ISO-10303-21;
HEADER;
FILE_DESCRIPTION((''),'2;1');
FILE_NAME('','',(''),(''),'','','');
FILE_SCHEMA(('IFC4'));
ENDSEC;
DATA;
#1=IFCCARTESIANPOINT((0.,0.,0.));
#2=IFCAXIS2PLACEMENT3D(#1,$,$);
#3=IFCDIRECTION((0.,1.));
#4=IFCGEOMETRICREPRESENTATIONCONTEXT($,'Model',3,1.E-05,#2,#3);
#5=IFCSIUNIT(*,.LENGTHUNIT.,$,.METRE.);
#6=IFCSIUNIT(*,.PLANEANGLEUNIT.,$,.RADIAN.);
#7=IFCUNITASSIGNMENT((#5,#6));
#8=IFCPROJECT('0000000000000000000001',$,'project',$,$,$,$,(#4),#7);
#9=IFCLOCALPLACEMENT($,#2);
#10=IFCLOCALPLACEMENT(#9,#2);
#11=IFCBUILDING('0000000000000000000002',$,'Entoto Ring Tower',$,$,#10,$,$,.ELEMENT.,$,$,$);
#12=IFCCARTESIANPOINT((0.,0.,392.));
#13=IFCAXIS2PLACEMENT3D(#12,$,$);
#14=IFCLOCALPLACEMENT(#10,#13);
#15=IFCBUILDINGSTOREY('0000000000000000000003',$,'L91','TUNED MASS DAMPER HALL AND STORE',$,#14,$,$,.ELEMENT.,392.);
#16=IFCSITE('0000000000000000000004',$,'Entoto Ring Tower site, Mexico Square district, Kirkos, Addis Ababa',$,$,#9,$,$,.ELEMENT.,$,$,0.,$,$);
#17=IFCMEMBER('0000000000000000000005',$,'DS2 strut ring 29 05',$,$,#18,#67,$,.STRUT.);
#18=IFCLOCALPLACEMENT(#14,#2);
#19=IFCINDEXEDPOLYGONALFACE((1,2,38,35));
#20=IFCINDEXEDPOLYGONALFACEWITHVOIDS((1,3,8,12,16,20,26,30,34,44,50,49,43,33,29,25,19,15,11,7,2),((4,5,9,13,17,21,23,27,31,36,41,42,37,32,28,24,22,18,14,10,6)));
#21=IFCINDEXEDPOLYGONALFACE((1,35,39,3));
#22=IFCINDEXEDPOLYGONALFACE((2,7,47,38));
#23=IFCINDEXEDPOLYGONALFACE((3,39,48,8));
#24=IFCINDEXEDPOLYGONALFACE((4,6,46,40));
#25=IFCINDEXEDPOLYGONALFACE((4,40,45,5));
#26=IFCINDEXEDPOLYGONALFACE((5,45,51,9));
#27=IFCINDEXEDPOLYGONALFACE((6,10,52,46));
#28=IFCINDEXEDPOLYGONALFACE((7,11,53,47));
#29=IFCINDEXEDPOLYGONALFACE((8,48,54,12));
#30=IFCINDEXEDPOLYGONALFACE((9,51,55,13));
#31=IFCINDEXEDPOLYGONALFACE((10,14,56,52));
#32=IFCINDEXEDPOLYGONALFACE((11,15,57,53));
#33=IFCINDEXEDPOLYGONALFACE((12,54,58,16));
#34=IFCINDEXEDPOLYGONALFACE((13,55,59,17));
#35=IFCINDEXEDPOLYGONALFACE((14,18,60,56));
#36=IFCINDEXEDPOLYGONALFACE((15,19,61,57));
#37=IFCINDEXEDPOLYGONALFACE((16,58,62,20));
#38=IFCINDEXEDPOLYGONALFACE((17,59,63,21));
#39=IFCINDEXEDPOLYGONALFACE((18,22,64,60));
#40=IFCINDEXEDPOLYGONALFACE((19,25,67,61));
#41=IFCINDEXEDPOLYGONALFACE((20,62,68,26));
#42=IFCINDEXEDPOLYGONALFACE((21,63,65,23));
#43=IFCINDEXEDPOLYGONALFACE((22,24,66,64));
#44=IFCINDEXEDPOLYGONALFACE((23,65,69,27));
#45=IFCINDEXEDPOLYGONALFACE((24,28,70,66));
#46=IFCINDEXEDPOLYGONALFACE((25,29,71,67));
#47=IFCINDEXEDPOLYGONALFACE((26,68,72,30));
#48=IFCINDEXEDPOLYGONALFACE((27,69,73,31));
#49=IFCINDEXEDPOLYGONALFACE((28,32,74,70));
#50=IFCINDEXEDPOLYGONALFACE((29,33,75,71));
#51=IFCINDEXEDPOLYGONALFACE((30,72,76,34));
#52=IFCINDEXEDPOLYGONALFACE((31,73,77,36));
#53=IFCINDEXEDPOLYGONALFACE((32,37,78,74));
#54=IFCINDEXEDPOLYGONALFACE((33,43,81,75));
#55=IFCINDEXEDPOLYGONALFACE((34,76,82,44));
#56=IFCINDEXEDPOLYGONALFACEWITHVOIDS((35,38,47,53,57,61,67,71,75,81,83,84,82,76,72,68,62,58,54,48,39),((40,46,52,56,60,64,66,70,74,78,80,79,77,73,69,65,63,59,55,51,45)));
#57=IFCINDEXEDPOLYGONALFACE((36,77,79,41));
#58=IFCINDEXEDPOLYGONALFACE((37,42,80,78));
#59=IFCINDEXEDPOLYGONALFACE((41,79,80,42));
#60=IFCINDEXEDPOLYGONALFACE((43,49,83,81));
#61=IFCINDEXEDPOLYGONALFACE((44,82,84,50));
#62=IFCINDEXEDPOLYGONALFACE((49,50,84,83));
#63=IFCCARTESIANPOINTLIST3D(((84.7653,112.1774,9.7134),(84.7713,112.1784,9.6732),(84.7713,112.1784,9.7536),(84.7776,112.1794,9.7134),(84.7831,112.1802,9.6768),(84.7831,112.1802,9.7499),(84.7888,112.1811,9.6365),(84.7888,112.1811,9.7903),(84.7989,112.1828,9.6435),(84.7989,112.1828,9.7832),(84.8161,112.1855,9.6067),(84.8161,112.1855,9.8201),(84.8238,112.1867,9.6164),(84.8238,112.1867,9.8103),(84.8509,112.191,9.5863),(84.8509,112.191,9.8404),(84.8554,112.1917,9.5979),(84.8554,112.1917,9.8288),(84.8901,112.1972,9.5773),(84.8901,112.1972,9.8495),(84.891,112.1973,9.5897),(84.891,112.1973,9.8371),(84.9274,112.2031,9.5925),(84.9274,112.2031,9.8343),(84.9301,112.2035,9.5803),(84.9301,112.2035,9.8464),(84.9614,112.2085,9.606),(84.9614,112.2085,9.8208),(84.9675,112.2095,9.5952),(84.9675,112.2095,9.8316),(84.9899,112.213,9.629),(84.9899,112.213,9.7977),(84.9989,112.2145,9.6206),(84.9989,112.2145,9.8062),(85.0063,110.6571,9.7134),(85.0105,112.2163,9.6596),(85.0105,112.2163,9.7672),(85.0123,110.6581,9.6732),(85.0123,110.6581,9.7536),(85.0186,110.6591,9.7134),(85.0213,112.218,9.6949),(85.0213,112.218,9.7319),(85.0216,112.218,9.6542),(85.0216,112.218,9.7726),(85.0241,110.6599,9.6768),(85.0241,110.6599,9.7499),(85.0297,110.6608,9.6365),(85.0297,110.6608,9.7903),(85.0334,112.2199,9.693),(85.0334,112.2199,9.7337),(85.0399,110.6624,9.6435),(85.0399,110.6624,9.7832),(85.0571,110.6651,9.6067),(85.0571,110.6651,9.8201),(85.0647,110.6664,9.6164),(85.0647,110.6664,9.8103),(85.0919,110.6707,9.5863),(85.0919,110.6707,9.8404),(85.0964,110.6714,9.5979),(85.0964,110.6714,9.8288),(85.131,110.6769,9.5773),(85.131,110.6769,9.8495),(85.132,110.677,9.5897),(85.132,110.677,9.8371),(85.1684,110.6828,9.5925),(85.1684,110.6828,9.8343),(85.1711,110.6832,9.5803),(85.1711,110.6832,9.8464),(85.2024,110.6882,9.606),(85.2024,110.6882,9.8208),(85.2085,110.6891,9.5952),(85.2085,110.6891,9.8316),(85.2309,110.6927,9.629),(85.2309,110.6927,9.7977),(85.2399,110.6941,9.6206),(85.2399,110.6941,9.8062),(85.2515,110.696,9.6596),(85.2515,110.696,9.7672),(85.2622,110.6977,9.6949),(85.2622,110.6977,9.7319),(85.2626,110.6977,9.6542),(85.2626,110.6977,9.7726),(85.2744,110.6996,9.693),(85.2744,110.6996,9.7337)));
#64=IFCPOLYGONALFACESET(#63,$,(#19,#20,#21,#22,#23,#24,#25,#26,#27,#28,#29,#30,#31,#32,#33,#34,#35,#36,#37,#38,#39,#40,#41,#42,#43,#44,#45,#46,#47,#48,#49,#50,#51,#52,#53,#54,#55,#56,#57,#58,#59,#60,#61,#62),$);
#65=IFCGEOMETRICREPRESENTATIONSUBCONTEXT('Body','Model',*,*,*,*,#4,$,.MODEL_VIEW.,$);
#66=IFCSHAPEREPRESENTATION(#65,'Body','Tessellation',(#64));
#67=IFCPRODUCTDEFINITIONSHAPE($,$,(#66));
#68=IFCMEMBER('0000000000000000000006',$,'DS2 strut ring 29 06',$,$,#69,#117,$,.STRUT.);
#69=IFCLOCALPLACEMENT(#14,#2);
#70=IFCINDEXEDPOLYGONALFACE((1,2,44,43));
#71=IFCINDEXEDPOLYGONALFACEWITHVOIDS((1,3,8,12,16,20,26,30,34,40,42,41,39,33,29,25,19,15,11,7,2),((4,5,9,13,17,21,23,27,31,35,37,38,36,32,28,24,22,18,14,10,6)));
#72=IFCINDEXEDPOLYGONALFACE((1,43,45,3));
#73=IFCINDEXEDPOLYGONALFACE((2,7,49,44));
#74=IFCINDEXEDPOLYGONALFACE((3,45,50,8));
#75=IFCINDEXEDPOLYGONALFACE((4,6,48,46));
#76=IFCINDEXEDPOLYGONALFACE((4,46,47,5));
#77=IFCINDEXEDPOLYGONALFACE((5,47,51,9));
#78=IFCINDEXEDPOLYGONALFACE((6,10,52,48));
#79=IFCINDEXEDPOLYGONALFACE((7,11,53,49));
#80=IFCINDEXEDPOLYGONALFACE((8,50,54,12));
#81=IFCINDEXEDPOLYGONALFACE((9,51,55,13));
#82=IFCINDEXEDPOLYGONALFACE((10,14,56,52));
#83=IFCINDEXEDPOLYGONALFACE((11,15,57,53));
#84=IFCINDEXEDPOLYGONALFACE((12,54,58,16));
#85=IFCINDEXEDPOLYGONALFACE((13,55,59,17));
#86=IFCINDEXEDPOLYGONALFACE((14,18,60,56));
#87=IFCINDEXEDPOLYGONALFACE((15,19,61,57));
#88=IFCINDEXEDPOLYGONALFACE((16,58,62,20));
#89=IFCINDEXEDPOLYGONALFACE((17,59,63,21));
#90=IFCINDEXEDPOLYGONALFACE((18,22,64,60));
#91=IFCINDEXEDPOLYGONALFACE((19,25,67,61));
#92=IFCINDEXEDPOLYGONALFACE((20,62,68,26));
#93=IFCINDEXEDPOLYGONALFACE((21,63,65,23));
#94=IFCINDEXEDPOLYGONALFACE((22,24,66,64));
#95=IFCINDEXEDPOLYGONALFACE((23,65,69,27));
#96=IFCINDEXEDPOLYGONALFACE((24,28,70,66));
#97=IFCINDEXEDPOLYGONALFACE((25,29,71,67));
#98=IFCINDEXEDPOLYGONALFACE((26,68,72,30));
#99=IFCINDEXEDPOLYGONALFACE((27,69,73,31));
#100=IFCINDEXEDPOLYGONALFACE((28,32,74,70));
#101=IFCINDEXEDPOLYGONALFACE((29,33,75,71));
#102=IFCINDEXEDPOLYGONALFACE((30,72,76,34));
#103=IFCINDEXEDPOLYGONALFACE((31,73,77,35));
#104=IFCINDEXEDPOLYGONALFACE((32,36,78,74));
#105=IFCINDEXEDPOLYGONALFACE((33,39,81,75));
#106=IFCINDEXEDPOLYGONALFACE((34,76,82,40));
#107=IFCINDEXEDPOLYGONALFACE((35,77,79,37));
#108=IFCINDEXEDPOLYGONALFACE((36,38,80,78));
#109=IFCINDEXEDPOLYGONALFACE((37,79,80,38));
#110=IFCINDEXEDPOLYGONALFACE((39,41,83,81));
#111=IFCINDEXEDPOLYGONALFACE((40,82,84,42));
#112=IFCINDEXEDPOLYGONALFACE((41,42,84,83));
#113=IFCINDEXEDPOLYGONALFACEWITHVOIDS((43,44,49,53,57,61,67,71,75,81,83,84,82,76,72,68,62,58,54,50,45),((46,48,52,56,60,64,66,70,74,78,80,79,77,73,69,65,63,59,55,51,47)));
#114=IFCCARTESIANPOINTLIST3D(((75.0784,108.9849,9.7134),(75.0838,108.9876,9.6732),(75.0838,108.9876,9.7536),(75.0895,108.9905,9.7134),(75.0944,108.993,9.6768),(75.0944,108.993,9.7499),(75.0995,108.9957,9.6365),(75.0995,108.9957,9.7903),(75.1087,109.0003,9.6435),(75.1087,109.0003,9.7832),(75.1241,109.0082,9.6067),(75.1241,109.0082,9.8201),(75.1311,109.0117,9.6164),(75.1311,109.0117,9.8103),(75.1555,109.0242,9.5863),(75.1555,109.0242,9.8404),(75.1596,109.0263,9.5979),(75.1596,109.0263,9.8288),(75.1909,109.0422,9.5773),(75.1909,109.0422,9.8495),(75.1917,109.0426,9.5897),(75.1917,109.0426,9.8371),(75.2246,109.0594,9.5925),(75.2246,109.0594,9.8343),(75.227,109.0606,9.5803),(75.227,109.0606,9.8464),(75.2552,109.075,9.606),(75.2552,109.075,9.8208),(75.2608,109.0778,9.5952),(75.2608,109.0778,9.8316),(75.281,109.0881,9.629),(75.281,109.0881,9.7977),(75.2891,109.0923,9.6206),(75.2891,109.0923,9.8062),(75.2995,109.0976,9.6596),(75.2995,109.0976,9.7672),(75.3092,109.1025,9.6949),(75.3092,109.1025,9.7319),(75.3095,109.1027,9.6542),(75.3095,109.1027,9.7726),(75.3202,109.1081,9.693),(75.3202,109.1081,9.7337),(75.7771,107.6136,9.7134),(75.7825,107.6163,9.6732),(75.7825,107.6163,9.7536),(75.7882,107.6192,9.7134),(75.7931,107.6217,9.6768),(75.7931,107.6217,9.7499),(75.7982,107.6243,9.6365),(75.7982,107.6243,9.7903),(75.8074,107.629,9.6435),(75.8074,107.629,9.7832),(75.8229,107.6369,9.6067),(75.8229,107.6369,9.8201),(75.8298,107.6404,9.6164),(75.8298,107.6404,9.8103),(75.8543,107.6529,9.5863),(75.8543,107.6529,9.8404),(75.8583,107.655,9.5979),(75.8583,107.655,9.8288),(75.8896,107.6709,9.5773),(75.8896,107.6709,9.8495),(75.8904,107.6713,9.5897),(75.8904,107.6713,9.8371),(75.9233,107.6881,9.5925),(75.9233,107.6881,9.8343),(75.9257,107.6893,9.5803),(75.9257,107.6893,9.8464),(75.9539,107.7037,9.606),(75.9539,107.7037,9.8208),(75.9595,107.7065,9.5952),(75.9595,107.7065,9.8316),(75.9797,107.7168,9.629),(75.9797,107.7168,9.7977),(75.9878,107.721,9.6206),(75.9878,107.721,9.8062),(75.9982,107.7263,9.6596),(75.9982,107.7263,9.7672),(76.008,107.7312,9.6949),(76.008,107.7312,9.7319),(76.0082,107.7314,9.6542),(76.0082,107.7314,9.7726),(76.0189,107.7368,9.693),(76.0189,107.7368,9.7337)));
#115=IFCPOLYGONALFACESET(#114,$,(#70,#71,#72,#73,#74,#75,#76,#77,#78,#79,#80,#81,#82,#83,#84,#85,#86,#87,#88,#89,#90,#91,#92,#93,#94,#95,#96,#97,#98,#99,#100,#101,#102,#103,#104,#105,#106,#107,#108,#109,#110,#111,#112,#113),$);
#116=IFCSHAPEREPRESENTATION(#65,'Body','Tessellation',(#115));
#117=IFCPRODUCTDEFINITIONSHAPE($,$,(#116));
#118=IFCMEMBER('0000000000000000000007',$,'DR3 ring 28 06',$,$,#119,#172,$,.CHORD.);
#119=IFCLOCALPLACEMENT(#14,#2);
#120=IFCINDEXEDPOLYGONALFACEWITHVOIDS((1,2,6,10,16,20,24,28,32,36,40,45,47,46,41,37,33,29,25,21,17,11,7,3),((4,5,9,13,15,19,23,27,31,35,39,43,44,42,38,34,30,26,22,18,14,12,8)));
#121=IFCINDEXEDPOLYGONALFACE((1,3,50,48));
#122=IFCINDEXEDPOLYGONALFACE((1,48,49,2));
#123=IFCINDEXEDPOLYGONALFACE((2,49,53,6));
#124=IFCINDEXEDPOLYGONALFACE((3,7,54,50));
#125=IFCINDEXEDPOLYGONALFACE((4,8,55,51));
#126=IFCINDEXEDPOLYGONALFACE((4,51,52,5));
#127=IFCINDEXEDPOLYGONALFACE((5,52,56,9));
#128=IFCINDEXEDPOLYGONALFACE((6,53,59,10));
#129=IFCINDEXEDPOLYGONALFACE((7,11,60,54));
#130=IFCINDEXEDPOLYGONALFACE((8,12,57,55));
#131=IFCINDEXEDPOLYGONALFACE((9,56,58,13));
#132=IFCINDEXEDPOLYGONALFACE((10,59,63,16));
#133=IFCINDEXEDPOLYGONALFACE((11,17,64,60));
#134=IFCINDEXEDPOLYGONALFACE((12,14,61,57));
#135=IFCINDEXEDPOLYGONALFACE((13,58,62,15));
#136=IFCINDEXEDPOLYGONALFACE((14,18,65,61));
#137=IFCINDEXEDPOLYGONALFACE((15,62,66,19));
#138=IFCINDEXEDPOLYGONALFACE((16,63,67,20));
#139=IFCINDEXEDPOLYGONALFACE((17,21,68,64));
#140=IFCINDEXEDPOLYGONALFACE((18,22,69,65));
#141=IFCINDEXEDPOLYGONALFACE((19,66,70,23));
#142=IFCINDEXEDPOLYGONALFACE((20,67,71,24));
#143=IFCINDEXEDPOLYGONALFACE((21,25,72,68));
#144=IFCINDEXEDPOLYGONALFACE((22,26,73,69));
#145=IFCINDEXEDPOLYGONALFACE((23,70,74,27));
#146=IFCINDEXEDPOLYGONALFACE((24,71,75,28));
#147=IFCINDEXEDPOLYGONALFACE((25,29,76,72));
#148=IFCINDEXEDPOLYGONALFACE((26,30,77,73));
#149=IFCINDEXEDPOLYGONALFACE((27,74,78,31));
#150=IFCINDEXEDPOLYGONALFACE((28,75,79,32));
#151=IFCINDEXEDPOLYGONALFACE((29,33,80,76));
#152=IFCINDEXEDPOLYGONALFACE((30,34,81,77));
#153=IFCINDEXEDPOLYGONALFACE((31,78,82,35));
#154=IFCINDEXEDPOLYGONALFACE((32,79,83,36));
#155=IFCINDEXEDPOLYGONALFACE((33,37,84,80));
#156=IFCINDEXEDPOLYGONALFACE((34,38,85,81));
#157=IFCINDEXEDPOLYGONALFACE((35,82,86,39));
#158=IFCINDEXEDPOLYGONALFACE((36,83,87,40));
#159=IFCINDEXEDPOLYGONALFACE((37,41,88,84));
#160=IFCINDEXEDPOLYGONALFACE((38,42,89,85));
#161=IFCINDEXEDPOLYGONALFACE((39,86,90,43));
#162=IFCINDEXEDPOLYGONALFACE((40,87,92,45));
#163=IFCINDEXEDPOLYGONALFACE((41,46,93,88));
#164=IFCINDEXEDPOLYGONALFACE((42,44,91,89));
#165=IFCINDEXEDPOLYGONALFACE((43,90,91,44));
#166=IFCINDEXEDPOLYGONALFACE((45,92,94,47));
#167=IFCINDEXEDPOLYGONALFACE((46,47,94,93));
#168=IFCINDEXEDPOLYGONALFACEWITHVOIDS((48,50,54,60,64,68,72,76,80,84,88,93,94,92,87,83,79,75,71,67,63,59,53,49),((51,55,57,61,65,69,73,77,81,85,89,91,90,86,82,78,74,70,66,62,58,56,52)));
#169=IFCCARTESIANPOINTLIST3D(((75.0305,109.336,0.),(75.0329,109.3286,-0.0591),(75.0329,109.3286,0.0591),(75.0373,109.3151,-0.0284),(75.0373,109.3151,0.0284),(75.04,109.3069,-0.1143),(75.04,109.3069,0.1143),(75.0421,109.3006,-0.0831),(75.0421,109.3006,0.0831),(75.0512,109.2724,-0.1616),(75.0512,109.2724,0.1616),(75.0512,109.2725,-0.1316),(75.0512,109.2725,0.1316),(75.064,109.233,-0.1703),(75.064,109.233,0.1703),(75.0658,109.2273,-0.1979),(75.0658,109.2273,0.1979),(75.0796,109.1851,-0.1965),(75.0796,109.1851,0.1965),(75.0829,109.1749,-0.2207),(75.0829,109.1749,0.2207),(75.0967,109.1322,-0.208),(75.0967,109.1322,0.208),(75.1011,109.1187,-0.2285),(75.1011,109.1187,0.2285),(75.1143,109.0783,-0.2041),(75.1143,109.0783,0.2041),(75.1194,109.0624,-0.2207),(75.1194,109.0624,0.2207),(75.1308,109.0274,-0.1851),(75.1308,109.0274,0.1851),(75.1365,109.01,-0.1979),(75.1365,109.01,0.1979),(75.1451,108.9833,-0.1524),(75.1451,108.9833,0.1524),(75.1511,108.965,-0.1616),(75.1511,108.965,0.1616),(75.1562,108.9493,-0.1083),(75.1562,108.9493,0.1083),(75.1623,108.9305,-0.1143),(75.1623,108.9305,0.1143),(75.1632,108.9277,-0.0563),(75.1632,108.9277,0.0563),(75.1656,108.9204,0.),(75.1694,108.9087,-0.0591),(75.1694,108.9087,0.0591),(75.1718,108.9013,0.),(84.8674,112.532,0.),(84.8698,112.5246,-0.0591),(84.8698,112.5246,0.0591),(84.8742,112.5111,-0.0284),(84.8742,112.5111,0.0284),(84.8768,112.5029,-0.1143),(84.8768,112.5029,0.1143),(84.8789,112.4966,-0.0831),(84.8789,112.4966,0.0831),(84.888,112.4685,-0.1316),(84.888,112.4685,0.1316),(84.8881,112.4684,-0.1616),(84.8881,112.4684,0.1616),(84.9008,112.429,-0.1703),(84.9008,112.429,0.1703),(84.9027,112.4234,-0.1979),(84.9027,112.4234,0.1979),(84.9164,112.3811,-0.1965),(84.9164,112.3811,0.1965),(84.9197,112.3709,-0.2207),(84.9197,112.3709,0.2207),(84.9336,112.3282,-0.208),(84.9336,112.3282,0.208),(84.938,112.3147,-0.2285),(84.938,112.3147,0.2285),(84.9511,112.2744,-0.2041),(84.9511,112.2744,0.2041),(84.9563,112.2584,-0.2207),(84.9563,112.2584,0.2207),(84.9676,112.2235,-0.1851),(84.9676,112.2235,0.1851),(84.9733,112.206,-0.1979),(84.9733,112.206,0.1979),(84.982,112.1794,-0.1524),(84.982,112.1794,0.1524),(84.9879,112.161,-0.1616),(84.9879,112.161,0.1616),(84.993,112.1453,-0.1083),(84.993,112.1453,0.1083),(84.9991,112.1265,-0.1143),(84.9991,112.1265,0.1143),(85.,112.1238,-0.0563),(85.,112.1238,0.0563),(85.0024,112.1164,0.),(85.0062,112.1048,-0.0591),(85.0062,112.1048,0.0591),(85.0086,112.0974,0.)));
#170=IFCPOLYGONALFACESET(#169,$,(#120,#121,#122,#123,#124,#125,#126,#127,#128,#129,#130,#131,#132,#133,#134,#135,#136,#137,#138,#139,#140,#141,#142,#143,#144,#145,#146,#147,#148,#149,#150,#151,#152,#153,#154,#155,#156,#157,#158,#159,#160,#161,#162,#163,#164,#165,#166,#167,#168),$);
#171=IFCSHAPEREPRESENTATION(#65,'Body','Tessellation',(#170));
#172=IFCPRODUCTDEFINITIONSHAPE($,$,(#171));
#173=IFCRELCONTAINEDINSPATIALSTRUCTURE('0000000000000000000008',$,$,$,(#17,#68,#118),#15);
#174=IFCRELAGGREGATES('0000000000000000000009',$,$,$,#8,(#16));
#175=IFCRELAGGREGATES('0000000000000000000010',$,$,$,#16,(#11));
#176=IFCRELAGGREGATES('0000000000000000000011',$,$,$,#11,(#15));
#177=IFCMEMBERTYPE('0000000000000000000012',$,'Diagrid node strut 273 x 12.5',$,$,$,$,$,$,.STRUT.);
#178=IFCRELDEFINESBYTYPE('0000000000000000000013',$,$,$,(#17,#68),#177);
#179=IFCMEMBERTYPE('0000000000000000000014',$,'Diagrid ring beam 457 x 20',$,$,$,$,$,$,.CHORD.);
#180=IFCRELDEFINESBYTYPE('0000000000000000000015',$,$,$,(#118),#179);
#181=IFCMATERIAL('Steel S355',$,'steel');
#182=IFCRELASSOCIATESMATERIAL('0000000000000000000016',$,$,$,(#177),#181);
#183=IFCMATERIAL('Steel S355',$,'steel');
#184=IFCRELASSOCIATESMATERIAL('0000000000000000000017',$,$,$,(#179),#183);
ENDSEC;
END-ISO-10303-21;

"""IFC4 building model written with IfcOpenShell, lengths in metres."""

from ifc_helpers import new_model, si_unit, direction, frame, origin, origin_2d, place, context, subcontext, project, spatial, circle, hollow_circle, extrude, material, material_profile, profile_set, type_object, element, save


model = new_model("IFC4")

# Units and contexts
model_context = context("Model", 3, precision=1e-05, world=origin(), true_north=direction((0.0, 1.0)))
body_context = subcontext(model_context, "Body", "Model", "MODEL_VIEW")
ifc_project = project(units=[si_unit("LENGTHUNIT", "METRE"), si_unit("PLANEANGLEUNIT", "RADIAN")], contexts=[model_context])

# Site, building, storey
site_placement = place(None, origin())
site = spatial("IfcSite", under=ifc_project, at=site_placement, Name="Entoto Ring Tower site, Mexico Square district, Kirkos, Addis Ababa", CompositionType="ELEMENT", RefElevation=0.0)
building_placement = place(site_placement, origin())
building = spatial("IfcBuilding", under=site, at=building_placement, Name="Entoto Ring Tower", CompositionType="ELEMENT")
storey_placement = place(building_placement, frame((0.0, 0.0, 392.0)))
storey = spatial("IfcBuildingStorey", under=building, at=storey_placement, Name="L91", Description="TUNED MASS DAMPER HALL AND STORE", CompositionType="ELEMENT", Elevation=392.0)

# Members
ifc_material_1 = material(Name="Steel S355", Category="steel")
ifc_material_profile_1 = material_profile(ifc_material_1, hollow_circle(Radius=0.1365, WallThickness=0.0125, at=origin_2d()), Name="CHS 273 x 12.5")
ifc_material_2 = material(Name="Concrete C60/75", Category="concrete")
ifc_material_profile_2 = material_profile(ifc_material_2, circle(Radius=0.124, at=origin_2d()), Name="Concrete C60/75 infill")
ifc_profile_set_1 = profile_set([ifc_material_profile_1, ifc_material_profile_2], Name="Steel S355")
member_type_1 = type_object("IfcMemberType", Name="Diagrid node strut 273 x 12.5", PredefinedType="STRUT", material=ifc_profile_set_1)
member_1_placement = place(storey_placement, frame((85.1411, 110.6785, 9.7134), z_axis=(-0.156549, 0.98767, 0.0), x_axis=(-0.98767, -0.156549, 0.0)))
element("IfcMember", 1, at=member_1_placement, inside=storey, type_object=member_type_1, Name="DS2 strut ring 29 05", PredefinedType="STRUT", context=body_context, shape_type="SweptSolid", body=[
    extrude(hollow_circle(Radius=0.1365, WallThickness=0.0125, at=origin_2d()), origin(), (0.0, 0.0, 1.0), 1.5393),
])
member_2_placement = place(storey_placement, frame((75.8987, 107.6755, 9.7134), z_axis=(-0.45399, 0.891007, 0.0), x_axis=(-0.891007, -0.45399, 0.0)))
element("IfcMember", 2, at=member_2_placement, inside=storey, type_object=member_type_1, Name="DS2 strut ring 29 06", PredefinedType="STRUT", context=body_context, shape_type="SweptSolid", body=[
    extrude(hollow_circle(Radius=0.1365, WallThickness=0.0125, at=origin_2d()), origin(), (0.0, 0.0, 1.0), 1.5391),
])
ifc_material_3 = material(Name="Steel S355", Category="steel")
ifc_material_profile_3 = material_profile(ifc_material_3, hollow_circle(Radius=0.2285, WallThickness=0.02, at=origin_2d()), Name="CHS 457 x 20")
ifc_material_4 = material(Name="Concrete C60/75", Category="concrete")
ifc_material_profile_4 = material_profile(ifc_material_4, circle(Radius=0.2085, at=origin_2d()), Name="Concrete C60/75 infill")
ifc_profile_set_2 = profile_set([ifc_material_profile_3, ifc_material_profile_4], Name="Steel S355")
member_type_2 = type_object("IfcMemberType", Name="Diagrid ring beam 457 x 20", PredefinedType="CHORD", material=ifc_profile_set_2)
member_3_placement = place(storey_placement, frame((84.938, 112.3147, 0.0), z_axis=(-0.951061, -0.309003, 0.0), x_axis=(0.309003, -0.951061, 0.0)))
element("IfcMember", 3, at=member_3_placement, inside=storey, type_object=member_type_2, Name="DR3 ring 28 06", PredefinedType="CHORD", context=body_context, shape_type="SweptSolid", body=[
    extrude(hollow_circle(Radius=0.2285, WallThickness=0.02, at=origin_2d()), origin(), (0.0, 0.0, 1.0), 10.343),
])

save(model, "model.ifc")
